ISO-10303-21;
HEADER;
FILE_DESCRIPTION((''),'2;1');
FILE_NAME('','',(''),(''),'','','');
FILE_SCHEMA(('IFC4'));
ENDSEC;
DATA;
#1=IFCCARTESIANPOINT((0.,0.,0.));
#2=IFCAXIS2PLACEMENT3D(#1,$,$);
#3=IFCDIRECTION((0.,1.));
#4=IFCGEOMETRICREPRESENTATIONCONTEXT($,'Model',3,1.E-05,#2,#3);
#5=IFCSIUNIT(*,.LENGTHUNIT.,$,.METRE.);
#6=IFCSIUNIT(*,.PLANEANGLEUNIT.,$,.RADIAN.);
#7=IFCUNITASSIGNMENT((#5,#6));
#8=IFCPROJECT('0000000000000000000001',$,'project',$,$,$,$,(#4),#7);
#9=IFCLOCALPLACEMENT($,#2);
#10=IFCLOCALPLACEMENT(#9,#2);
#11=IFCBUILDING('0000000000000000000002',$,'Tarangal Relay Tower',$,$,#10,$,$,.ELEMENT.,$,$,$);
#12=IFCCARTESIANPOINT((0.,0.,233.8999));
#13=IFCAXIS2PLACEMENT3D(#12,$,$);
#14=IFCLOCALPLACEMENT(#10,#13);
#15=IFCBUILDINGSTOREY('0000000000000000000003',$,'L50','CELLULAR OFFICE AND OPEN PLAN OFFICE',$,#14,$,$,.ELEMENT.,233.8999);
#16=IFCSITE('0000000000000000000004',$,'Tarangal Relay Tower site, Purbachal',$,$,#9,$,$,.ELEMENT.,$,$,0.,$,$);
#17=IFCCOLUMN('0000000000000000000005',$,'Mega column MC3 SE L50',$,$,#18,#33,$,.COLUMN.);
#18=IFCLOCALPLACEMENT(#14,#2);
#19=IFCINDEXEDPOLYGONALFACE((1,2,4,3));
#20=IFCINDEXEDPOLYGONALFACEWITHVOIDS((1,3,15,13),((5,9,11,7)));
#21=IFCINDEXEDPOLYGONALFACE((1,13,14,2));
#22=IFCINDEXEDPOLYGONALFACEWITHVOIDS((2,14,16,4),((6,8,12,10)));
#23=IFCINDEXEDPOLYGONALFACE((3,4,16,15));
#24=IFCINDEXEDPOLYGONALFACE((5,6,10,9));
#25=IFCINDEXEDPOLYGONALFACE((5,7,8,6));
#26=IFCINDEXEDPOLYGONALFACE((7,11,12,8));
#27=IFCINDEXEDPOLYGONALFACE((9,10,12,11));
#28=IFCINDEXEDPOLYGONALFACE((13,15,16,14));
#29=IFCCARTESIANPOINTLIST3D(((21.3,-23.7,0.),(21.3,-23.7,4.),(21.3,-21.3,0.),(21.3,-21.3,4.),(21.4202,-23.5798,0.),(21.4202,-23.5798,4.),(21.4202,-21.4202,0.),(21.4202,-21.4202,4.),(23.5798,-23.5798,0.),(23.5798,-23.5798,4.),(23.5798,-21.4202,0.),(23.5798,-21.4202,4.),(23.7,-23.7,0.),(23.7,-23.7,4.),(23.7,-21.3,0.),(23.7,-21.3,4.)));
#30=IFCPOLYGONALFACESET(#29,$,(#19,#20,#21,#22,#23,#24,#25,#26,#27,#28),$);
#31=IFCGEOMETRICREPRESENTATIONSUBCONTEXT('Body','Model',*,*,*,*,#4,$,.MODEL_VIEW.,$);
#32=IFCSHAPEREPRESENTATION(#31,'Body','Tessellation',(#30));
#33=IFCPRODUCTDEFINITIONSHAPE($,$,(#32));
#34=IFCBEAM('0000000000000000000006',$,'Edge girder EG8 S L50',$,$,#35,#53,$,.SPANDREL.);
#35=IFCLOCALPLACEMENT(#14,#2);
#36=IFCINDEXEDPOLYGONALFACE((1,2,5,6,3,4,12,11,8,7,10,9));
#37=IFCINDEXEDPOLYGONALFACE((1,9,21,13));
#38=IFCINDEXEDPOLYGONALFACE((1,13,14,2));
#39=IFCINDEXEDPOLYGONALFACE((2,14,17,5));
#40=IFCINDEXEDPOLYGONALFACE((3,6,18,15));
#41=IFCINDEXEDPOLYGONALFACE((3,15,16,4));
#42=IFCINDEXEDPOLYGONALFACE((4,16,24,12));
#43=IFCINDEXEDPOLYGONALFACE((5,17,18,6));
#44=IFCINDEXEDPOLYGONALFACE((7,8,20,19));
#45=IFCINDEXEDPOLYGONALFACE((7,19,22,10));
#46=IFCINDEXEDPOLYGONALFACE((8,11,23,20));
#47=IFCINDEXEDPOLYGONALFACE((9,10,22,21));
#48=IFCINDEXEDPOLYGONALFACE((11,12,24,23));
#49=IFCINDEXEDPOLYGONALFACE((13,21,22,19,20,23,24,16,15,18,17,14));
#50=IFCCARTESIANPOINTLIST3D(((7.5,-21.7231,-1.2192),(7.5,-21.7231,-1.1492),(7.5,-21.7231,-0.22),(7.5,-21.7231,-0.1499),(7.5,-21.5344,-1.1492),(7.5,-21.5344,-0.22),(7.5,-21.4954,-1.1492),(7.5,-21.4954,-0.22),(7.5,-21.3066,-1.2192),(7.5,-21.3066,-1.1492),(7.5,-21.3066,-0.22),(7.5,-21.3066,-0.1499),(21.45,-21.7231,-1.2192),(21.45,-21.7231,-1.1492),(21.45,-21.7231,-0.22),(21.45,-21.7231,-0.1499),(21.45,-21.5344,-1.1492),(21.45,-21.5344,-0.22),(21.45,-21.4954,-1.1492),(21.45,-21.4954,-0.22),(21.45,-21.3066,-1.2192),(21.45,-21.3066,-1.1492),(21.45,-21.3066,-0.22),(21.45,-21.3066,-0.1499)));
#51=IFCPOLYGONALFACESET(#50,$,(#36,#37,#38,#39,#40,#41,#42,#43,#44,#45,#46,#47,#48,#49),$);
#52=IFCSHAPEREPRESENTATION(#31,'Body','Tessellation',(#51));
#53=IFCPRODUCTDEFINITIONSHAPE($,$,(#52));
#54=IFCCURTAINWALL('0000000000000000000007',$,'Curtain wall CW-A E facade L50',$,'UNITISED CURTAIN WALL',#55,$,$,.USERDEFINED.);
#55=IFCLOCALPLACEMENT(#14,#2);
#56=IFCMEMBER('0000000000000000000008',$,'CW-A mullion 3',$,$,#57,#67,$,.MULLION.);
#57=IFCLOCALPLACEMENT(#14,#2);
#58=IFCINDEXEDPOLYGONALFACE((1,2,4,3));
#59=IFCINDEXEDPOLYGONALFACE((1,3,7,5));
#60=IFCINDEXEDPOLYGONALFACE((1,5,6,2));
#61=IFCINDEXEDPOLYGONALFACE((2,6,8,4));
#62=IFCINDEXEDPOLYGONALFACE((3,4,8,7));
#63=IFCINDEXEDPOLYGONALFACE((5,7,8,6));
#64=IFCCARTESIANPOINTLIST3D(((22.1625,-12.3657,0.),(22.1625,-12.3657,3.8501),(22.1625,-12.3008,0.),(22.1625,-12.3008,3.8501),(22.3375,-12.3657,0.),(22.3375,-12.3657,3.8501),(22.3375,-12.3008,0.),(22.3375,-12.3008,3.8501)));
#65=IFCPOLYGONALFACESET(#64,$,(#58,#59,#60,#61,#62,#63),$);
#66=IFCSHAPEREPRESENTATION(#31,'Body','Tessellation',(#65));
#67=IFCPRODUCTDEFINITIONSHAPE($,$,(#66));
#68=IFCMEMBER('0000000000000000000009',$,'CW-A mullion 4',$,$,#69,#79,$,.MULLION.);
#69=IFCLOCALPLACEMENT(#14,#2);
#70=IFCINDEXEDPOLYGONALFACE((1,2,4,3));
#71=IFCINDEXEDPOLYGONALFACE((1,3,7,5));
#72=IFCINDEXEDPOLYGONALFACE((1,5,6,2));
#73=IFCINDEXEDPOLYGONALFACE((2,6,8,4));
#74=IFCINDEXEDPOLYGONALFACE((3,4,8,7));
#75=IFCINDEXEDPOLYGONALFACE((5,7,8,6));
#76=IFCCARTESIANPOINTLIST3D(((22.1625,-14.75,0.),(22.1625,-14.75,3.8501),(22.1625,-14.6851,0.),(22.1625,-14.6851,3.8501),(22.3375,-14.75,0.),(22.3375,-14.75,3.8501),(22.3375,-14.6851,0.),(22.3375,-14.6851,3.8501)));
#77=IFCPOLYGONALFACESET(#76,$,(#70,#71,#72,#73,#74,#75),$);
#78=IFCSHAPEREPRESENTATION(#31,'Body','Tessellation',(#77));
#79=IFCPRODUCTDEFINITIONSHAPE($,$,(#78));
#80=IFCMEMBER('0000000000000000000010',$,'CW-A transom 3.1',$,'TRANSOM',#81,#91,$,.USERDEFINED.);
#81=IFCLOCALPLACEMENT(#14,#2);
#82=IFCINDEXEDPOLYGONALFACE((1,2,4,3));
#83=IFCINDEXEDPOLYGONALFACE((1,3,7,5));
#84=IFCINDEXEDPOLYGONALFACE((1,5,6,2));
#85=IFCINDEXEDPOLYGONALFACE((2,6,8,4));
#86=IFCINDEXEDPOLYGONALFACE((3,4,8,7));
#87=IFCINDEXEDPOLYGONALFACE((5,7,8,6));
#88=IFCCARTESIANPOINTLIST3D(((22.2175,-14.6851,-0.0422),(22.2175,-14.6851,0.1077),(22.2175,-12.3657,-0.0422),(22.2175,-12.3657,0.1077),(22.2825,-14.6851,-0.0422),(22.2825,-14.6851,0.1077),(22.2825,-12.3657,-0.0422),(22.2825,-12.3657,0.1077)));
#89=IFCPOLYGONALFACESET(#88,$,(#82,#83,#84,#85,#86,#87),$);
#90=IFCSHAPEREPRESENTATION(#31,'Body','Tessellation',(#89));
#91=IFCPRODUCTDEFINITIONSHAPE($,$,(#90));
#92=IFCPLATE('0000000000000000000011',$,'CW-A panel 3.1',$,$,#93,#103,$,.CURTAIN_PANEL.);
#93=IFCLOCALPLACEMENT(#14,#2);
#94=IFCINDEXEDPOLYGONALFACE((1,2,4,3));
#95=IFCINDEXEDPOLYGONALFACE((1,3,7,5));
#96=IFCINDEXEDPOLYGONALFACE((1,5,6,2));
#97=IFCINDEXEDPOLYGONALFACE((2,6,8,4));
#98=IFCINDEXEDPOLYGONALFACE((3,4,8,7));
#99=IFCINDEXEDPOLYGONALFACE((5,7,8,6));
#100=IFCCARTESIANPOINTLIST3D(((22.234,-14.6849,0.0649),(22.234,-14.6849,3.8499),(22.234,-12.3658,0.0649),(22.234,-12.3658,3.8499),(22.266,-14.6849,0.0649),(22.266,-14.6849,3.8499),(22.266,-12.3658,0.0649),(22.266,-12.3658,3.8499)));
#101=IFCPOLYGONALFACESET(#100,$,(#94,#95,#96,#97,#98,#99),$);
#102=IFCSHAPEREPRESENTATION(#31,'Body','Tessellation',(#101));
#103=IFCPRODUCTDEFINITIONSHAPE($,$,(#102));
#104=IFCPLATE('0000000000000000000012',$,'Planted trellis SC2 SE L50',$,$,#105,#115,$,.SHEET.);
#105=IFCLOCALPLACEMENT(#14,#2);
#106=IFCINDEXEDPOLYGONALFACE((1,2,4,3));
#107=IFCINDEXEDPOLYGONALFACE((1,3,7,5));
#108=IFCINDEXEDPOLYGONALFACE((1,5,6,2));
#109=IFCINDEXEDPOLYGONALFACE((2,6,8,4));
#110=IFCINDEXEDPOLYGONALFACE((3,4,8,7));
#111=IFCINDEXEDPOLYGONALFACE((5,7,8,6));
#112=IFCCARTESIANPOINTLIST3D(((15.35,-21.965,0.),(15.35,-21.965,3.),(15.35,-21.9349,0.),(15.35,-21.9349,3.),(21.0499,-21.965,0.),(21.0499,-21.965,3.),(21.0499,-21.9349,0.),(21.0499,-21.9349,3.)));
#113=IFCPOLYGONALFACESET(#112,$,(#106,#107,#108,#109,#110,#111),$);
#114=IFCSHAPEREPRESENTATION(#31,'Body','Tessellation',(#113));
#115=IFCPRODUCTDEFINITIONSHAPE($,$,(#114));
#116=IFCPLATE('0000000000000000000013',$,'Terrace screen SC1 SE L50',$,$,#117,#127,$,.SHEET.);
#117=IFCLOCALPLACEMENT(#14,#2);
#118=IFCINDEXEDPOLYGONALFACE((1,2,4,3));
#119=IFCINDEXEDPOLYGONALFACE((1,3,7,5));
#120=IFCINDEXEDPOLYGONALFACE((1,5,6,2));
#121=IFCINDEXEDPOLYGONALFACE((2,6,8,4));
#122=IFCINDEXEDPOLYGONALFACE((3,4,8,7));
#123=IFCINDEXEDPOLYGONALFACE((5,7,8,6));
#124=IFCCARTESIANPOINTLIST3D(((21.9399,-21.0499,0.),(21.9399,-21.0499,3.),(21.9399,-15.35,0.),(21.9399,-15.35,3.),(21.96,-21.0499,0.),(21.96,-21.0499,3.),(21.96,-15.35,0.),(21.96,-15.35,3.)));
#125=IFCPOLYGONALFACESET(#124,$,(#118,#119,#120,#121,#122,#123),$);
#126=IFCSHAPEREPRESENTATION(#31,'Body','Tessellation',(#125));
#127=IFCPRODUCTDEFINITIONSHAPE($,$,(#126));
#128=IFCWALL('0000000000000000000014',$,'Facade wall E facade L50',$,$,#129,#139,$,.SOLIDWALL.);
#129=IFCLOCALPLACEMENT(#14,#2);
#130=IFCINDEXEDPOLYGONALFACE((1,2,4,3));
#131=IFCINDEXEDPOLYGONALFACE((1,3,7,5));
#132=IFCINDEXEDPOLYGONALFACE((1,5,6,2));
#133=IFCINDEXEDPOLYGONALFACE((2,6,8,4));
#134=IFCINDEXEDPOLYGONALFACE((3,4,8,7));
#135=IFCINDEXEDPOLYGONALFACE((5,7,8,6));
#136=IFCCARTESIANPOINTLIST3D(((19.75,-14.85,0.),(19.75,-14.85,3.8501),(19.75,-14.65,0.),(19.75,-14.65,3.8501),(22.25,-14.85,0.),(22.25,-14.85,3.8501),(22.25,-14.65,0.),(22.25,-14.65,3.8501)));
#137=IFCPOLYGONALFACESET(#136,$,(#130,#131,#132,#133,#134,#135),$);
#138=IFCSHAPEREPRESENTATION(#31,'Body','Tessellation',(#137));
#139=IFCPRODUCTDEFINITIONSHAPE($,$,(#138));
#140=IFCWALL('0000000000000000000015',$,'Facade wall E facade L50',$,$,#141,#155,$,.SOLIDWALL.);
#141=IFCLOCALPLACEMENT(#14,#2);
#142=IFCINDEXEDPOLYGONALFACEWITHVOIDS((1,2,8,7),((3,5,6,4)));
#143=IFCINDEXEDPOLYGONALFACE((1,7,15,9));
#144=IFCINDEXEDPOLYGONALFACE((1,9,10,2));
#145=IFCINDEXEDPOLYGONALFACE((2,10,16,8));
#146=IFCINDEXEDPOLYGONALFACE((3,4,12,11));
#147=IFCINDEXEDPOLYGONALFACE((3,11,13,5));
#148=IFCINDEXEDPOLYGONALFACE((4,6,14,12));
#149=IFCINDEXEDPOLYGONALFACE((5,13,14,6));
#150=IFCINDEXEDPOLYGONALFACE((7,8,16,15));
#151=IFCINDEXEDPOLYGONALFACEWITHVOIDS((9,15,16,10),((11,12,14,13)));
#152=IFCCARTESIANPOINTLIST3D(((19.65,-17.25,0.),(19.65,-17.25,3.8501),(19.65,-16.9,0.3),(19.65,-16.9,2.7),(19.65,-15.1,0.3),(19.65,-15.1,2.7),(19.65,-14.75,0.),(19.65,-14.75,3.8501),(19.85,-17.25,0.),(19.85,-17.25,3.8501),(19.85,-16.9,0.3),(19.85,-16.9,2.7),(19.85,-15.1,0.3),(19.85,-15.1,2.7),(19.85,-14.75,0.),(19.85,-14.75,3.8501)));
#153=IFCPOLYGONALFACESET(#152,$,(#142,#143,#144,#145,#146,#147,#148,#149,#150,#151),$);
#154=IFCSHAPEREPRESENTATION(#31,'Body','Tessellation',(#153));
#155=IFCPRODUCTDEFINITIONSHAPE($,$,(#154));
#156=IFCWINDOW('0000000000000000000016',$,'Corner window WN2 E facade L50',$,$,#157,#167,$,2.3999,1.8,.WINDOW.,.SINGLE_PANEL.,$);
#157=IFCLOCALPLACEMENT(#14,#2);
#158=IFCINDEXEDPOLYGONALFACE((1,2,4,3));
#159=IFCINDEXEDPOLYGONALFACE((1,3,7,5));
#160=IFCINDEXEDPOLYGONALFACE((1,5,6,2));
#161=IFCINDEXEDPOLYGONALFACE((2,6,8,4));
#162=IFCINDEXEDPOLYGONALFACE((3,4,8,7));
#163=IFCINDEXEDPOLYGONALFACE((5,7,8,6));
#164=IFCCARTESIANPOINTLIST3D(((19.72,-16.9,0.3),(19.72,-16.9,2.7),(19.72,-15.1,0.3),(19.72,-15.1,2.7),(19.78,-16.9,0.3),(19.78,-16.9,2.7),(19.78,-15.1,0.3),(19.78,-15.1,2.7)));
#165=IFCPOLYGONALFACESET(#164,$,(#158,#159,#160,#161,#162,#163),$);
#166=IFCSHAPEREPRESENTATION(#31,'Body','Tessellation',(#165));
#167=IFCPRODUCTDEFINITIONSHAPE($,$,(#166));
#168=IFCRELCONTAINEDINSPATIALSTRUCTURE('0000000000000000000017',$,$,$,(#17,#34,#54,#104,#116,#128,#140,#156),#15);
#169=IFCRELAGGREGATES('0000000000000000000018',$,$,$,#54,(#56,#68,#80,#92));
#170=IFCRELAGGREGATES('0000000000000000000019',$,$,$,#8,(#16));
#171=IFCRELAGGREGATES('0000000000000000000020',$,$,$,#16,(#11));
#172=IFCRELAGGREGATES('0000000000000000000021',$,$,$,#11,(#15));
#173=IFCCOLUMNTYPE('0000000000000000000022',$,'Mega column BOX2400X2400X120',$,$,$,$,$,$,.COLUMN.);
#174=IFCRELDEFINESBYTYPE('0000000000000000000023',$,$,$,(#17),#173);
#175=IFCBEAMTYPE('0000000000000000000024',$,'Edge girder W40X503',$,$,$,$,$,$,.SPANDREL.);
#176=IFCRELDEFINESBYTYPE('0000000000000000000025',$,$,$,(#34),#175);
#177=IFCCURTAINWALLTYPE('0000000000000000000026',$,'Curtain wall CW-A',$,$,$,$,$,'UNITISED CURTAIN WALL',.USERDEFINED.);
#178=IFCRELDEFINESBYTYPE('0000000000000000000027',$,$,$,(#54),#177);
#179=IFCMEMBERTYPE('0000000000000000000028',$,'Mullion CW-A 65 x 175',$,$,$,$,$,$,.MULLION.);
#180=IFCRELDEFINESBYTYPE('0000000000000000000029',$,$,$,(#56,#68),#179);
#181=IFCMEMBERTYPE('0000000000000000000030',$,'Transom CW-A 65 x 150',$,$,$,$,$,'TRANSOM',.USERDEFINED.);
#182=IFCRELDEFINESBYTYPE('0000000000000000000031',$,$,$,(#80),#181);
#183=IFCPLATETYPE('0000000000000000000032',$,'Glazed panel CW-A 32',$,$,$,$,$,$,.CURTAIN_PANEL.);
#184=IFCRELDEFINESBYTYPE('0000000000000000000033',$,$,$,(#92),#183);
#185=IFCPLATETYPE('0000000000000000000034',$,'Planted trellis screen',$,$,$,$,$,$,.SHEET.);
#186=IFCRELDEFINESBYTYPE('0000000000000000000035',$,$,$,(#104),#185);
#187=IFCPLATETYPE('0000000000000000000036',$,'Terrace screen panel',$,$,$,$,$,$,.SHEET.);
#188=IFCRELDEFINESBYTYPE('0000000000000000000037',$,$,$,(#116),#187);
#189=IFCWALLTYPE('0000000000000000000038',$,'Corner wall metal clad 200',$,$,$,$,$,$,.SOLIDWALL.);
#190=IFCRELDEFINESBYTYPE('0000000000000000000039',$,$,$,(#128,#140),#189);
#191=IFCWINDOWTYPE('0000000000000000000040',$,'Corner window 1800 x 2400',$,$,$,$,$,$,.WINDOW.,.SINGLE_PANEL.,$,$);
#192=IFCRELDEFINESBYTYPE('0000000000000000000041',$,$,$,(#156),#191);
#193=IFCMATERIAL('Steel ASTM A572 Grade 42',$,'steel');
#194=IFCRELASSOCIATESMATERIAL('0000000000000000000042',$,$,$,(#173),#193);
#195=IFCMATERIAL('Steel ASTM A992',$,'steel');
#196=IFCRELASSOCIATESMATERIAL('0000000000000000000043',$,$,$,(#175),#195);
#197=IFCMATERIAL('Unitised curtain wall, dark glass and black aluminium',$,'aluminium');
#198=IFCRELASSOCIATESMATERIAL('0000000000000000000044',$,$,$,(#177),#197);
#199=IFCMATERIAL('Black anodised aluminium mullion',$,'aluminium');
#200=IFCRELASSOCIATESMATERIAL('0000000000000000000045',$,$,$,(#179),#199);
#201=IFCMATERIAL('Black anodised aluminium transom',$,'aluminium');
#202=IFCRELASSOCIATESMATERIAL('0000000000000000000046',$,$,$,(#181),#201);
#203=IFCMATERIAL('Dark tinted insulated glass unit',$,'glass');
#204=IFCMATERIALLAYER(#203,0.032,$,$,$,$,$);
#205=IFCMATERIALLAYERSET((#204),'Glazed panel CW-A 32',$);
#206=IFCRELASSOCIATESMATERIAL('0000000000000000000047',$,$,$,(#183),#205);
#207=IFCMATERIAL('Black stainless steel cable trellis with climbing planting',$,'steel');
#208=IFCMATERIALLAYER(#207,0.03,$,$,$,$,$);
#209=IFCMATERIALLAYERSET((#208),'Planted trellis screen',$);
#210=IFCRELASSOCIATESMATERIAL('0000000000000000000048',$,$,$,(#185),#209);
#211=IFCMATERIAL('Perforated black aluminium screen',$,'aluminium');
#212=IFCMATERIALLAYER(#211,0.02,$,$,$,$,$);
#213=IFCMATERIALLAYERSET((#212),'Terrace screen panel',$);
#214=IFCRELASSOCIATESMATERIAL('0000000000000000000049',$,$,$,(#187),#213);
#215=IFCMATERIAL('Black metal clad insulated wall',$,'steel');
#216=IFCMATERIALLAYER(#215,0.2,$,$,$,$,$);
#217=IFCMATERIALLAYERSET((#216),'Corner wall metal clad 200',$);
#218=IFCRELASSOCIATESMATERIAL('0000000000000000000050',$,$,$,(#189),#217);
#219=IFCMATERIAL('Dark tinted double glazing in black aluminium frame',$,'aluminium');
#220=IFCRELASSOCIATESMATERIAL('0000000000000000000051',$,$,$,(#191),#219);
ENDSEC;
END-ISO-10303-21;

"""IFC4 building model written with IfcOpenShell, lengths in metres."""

from ifc_helpers import new_model, si_unit, direction, frame, frame_2d, origin, origin_2d, place, context, subcontext, project, spatial, rectangle, hollow_rectangle, i_section, extrude, material, layer, layer_set, material_profile, profile_set, type_object, element, fill, aggregate, save


model = new_model("IFC4")

# Units and contexts
model_context = context("Model", 3, precision=1e-05, world=origin(), true_north=direction((0.0, 1.0)))
body_context = subcontext(model_context, "Body", "Model", "MODEL_VIEW")
ifc_project = project(units=[si_unit("LENGTHUNIT", "METRE"), si_unit("PLANEANGLEUNIT", "RADIAN")], contexts=[model_context])

# Site, building, storey
site_placement = place(None, origin())
site = spatial("IfcSite", under=ifc_project, at=site_placement, Name="Tarangal Relay Tower site, Purbachal", CompositionType="ELEMENT", RefElevation=0.0)
building_placement = place(site_placement, origin())
building = spatial("IfcBuilding", under=site, at=building_placement, Name="Tarangal Relay Tower", CompositionType="ELEMENT")
storey_placement = place(building_placement, frame((0.0, 0.0, 233.8999)))
storey = spatial("IfcBuildingStorey", under=building, at=storey_placement, Name="L50", Description="CELLULAR OFFICE AND OPEN PLAN OFFICE", CompositionType="ELEMENT", Elevation=233.8999)

# Column
ifc_material_1 = material(Name="Steel ASTM A572 Grade 42", Category="steel")
ifc_material_profile_1 = material_profile(ifc_material_1, hollow_rectangle(XDim=2.3999, YDim=2.3999, WallThickness=0.1201, at=origin_2d()), Name="BOX2400X2400X120")
ifc_profile_set_1 = profile_set([ifc_material_profile_1], Name="Steel ASTM A572 Grade 42")
column_type = type_object("IfcColumnType", Name="Mega column BOX2400X2400X120", PredefinedType="COLUMN", material=ifc_profile_set_1)
column_placement = place(storey_placement, frame((22.5, -22.5, 0.0), z_axis=(0.0, 0.0, 1.0), x_axis=(1.0, 0.0, 0.0)))
element("IfcColumn", 1, at=column_placement, inside=storey, type_object=column_type, Name="Mega column MC3 SE L50", PredefinedType="COLUMN", context=body_context, shape_type="SweptSolid", body=[
    extrude(hollow_rectangle(XDim=2.3999, YDim=2.3999, WallThickness=0.1201, at=origin_2d()), origin(), (0.0, 0.0, 1.0), 4.0),
])

# Beam
ifc_material_2 = material(Name="Steel ASTM A992", Category="steel")
ifc_material_profile_2 = material_profile(ifc_material_2, i_section(OverallWidth=0.4165, OverallDepth=1.0693, WebThickness=0.0391, FlangeThickness=0.0701, at=origin_2d()), Name="W40X503")
ifc_profile_set_2 = profile_set([ifc_material_profile_2], Name="Steel ASTM A992")
beam_type = type_object("IfcBeamType", Name="Edge girder W40X503", PredefinedType="SPANDREL", material=ifc_profile_set_2)
beam_placement = place(storey_placement, frame((21.45, -21.5149, -0.6846), z_axis=(-1.0, 0.0, 0.0), x_axis=(0.0, -1.0, 0.0)))
element("IfcBeam", 2, at=beam_placement, inside=storey, type_object=beam_type, Name="Edge girder EG8 S L50", PredefinedType="SPANDREL", context=body_context, shape_type="SweptSolid", body=[
    extrude(i_section(OverallWidth=0.4165, OverallDepth=1.0693, WebThickness=0.0391, FlangeThickness=0.0701, at=origin_2d()), origin(), (0.0, 0.0, 1.0), 13.95),
])

# Curtain wall, members, plate
ifc_material_3 = material(Name="Unitised curtain wall, dark glass and black aluminium", Category="aluminium")
curtain_wall_type = type_object("IfcCurtainWallType", Name="Curtain wall CW-A", ElementType="UNITISED CURTAIN WALL", PredefinedType="USERDEFINED", material=ifc_material_3)
curtain_wall_placement = place(storey_placement, origin())
curtain_wall = element("IfcCurtainWall", 3, at=curtain_wall_placement, inside=storey, type_object=curtain_wall_type, Name="Curtain wall CW-A E facade L50", ObjectType="UNITISED CURTAIN WALL", PredefinedType="USERDEFINED")
ifc_material_4 = material(Name="Black anodised aluminium mullion", Category="aluminium")
ifc_material_profile_3 = material_profile(ifc_material_4, rectangle(XDim=0.175, YDim=0.0649, at=origin_2d()), Name="CW-AM 65X175")
ifc_profile_set_3 = profile_set([ifc_material_profile_3], Name="Black anodised aluminium mullion")
member_type_1 = type_object("IfcMemberType", Name="Mullion CW-A 65 x 175", PredefinedType="MULLION", material=ifc_profile_set_3)
member_1_placement = place(storey_placement, frame((22.25, -12.3333, 0.0), z_axis=(0.0, 0.0, 1.0), x_axis=(1.0, 0.0, 0.0)))
member_1 = element("IfcMember", 4, at=member_1_placement, type_object=member_type_1, Name="CW-A mullion 3", PredefinedType="MULLION", context=body_context, shape_type="SweptSolid", body=[
    extrude(rectangle(XDim=0.175, YDim=0.0649, at=origin_2d()), origin(), (0.0, 0.0, 1.0), 3.8501),
])
member_2_placement = place(storey_placement, frame((22.25, -14.7175, 0.0), z_axis=(0.0, 0.0, 1.0), x_axis=(1.0, 0.0, 0.0)))
member_2 = element("IfcMember", 5, at=member_2_placement, type_object=member_type_1, Name="CW-A mullion 4", PredefinedType="MULLION", context=body_context, shape_type="SweptSolid", body=[
    extrude(rectangle(XDim=0.175, YDim=0.0649, at=origin_2d()), origin(), (0.0, 0.0, 1.0), 3.8501),
])
ifc_material_5 = material(Name="Black anodised aluminium transom", Category="aluminium")
ifc_material_profile_4 = material_profile(ifc_material_5, rectangle(XDim=0.0649, YDim=0.1499, at=origin_2d()), Name="CW-AT 65X150")
ifc_profile_set_4 = profile_set([ifc_material_profile_4], Name="Black anodised aluminium transom")
member_type_2 = type_object("IfcMemberType", Name="Transom CW-A 65 x 150", ElementType="TRANSOM", PredefinedType="USERDEFINED", material=ifc_profile_set_4)
member_3_placement = place(storey_placement, frame((22.25, -12.3657, 0.0327), z_axis=(0.0, -1.0, 0.0), x_axis=(1.0, 0.0, 0.0)))
member_3 = element("IfcMember", 6, at=member_3_placement, type_object=member_type_2, Name="CW-A transom 3.1", ObjectType="TRANSOM", PredefinedType="USERDEFINED", context=body_context, shape_type="SweptSolid", body=[
    extrude(rectangle(XDim=0.0649, YDim=0.1499, at=origin_2d()), origin(), (0.0, 0.0, 1.0), 2.3193),
])
ifc_material_6 = material(Name="Dark tinted insulated glass unit", Category="glass")
ifc_layer_1 = layer(ifc_material_6, 0.032)
ifc_layer_set_1 = layer_set([ifc_layer_1], Name="Glazed panel CW-A 32")
plate_type_1 = type_object("IfcPlateType", Name="Glazed panel CW-A 32", PredefinedType="CURTAIN_PANEL", material=ifc_layer_set_1)
plate_1_placement = place(storey_placement, frame((22.25, -13.5254, 0.0649), z_axis=(0.0, 0.0, 1.0), x_axis=(0.0, -1.0, 0.0)))
plate_1 = element("IfcPlate", 7, at=plate_1_placement, type_object=plate_type_1, Name="CW-A panel 3.1", PredefinedType="CURTAIN_PANEL", context=body_context, shape_type="SweptSolid", body=[
    extrude(rectangle(XDim=2.3191, YDim=0.032, at=origin_2d()), origin(), (0.0, 0.0, 1.0), 3.7849),
])
aggregate(curtain_wall, [member_1, member_2, member_3, plate_1])

# Plates
ifc_material_7 = material(Name="Black stainless steel cable trellis with climbing planting", Category="steel")
ifc_layer_2 = layer(ifc_material_7, 0.03)
ifc_layer_set_2 = layer_set([ifc_layer_2], Name="Planted trellis screen")
plate_type_2 = type_object("IfcPlateType", Name="Planted trellis screen", PredefinedType="SHEET", material=ifc_layer_set_2)
plate_2_placement = place(storey_placement, frame((18.2, -21.95, 0.0), z_axis=(0.0, 0.0, 1.0), x_axis=(-1.0, 0.0, 0.0)))
element("IfcPlate", 8, at=plate_2_placement, inside=storey, type_object=plate_type_2, Name="Planted trellis SC2 SE L50", PredefinedType="SHEET", context=body_context, shape_type="SweptSolid", body=[
    extrude(rectangle(XDim=5.7, YDim=0.03, at=origin_2d()), origin(), (0.0, 0.0, 1.0), 3.0),
])
ifc_material_8 = material(Name="Perforated black aluminium screen", Category="aluminium")
ifc_layer_3 = layer(ifc_material_8, 0.02)
ifc_layer_set_3 = layer_set([ifc_layer_3], Name="Terrace screen panel")
plate_type_3 = type_object("IfcPlateType", Name="Terrace screen panel", PredefinedType="SHEET", material=ifc_layer_set_3)
plate_3_placement = place(storey_placement, frame((21.95, -18.2, 0.0), z_axis=(0.0, 0.0, 1.0), x_axis=(0.0, -1.0, 0.0)))
element("IfcPlate", 9, at=plate_3_placement, inside=storey, type_object=plate_type_3, Name="Terrace screen SC1 SE L50", PredefinedType="SHEET", context=body_context, shape_type="SweptSolid", body=[
    extrude(rectangle(XDim=5.7, YDim=0.02, at=origin_2d()), origin(), (0.0, 0.0, 1.0), 3.0),
])

# Wall
ifc_material_9 = material(Name="Black metal clad insulated wall", Category="steel")
ifc_layer_4 = layer(ifc_material_9, 0.2)
ifc_layer_set_4 = layer_set([ifc_layer_4], Name="Corner wall metal clad 200")
wall_type = type_object("IfcWallType", Name="Corner wall metal clad 200", PredefinedType="SOLIDWALL", material=ifc_layer_set_4)
wall_1_placement = place(storey_placement, frame((22.25, -14.75, 0.0), z_axis=(0.0, 0.0, 1.0), x_axis=(-1.0, 0.0, 0.0)))
element("IfcWall", 10, at=wall_1_placement, inside=storey, type_object=wall_type, Name="Facade wall E facade L50", PredefinedType="SOLIDWALL", context=body_context, shape_type="SweptSolid", body=[
    extrude(rectangle(XDim=2.5, YDim=0.2, at=frame_2d((1.25, 0.0))), origin(), (0.0, 0.0, 1.0), 3.8501),
])

# Wall, opening, window
wall_2_placement = place(storey_placement, frame((19.75, -14.75, 0.0), z_axis=(0.0, 0.0, 1.0), x_axis=(0.0, -1.0, 0.0)))
wall_2 = element("IfcWall", 11, at=wall_2_placement, inside=storey, type_object=wall_type, Name="Facade wall E facade L50", PredefinedType="SOLIDWALL", context=body_context, shape_type="SweptSolid", body=[
    extrude(rectangle(XDim=2.5, YDim=0.2, at=frame_2d((1.25, 0.0))), origin(), (0.0, 0.0, 1.0), 3.8501),
])
opening_1_placement = place(wall_2_placement, frame((0.3501, 0.0, 0.3)))
opening_1 = element("IfcOpeningElement", 12, at=opening_1_placement, cuts=wall_2, PredefinedType="OPENING", context=body_context, shape_type="SweptSolid", body=[
    extrude(rectangle(XDim=1.8, YDim=2.3999, at=frame_2d((0.8999, 1.2))), frame((0.0, 0.1099, 0.0), z_axis=(0.0, -1.0, 0.0), x_axis=(1.0, 0.0, 0.0)), (0.0, 0.0, 1.0), 0.22),
])
ifc_material_10 = material(Name="Dark tinted double glazing in black aluminium frame", Category="aluminium")
window_type = type_object("IfcWindowType", Name="Corner window 1800 x 2400", PartitioningType="SINGLE_PANEL", PredefinedType="WINDOW", material=ifc_material_10)
window_1_placement = place(opening_1_placement, origin())
window_1 = element("IfcWindow", 13, at=window_1_placement, inside=storey, type_object=window_type, Name="Corner window WN2 E facade L50", OverallHeight=2.3999, OverallWidth=1.8, PartitioningType="SINGLE_PANEL", PredefinedType="WINDOW", context=body_context, shape_type="SweptSolid", body=[
    extrude(rectangle(XDim=1.8, YDim=2.3999, at=frame_2d((0.8999, 1.2))), frame((0.0, 0.03, 0.0), z_axis=(0.0, -1.0, 0.0), x_axis=(1.0, 0.0, 0.0)), (0.0, 0.0, 1.0), 0.0601),
])
fill(opening_1, window_1)

save(model, "model.ifc")
